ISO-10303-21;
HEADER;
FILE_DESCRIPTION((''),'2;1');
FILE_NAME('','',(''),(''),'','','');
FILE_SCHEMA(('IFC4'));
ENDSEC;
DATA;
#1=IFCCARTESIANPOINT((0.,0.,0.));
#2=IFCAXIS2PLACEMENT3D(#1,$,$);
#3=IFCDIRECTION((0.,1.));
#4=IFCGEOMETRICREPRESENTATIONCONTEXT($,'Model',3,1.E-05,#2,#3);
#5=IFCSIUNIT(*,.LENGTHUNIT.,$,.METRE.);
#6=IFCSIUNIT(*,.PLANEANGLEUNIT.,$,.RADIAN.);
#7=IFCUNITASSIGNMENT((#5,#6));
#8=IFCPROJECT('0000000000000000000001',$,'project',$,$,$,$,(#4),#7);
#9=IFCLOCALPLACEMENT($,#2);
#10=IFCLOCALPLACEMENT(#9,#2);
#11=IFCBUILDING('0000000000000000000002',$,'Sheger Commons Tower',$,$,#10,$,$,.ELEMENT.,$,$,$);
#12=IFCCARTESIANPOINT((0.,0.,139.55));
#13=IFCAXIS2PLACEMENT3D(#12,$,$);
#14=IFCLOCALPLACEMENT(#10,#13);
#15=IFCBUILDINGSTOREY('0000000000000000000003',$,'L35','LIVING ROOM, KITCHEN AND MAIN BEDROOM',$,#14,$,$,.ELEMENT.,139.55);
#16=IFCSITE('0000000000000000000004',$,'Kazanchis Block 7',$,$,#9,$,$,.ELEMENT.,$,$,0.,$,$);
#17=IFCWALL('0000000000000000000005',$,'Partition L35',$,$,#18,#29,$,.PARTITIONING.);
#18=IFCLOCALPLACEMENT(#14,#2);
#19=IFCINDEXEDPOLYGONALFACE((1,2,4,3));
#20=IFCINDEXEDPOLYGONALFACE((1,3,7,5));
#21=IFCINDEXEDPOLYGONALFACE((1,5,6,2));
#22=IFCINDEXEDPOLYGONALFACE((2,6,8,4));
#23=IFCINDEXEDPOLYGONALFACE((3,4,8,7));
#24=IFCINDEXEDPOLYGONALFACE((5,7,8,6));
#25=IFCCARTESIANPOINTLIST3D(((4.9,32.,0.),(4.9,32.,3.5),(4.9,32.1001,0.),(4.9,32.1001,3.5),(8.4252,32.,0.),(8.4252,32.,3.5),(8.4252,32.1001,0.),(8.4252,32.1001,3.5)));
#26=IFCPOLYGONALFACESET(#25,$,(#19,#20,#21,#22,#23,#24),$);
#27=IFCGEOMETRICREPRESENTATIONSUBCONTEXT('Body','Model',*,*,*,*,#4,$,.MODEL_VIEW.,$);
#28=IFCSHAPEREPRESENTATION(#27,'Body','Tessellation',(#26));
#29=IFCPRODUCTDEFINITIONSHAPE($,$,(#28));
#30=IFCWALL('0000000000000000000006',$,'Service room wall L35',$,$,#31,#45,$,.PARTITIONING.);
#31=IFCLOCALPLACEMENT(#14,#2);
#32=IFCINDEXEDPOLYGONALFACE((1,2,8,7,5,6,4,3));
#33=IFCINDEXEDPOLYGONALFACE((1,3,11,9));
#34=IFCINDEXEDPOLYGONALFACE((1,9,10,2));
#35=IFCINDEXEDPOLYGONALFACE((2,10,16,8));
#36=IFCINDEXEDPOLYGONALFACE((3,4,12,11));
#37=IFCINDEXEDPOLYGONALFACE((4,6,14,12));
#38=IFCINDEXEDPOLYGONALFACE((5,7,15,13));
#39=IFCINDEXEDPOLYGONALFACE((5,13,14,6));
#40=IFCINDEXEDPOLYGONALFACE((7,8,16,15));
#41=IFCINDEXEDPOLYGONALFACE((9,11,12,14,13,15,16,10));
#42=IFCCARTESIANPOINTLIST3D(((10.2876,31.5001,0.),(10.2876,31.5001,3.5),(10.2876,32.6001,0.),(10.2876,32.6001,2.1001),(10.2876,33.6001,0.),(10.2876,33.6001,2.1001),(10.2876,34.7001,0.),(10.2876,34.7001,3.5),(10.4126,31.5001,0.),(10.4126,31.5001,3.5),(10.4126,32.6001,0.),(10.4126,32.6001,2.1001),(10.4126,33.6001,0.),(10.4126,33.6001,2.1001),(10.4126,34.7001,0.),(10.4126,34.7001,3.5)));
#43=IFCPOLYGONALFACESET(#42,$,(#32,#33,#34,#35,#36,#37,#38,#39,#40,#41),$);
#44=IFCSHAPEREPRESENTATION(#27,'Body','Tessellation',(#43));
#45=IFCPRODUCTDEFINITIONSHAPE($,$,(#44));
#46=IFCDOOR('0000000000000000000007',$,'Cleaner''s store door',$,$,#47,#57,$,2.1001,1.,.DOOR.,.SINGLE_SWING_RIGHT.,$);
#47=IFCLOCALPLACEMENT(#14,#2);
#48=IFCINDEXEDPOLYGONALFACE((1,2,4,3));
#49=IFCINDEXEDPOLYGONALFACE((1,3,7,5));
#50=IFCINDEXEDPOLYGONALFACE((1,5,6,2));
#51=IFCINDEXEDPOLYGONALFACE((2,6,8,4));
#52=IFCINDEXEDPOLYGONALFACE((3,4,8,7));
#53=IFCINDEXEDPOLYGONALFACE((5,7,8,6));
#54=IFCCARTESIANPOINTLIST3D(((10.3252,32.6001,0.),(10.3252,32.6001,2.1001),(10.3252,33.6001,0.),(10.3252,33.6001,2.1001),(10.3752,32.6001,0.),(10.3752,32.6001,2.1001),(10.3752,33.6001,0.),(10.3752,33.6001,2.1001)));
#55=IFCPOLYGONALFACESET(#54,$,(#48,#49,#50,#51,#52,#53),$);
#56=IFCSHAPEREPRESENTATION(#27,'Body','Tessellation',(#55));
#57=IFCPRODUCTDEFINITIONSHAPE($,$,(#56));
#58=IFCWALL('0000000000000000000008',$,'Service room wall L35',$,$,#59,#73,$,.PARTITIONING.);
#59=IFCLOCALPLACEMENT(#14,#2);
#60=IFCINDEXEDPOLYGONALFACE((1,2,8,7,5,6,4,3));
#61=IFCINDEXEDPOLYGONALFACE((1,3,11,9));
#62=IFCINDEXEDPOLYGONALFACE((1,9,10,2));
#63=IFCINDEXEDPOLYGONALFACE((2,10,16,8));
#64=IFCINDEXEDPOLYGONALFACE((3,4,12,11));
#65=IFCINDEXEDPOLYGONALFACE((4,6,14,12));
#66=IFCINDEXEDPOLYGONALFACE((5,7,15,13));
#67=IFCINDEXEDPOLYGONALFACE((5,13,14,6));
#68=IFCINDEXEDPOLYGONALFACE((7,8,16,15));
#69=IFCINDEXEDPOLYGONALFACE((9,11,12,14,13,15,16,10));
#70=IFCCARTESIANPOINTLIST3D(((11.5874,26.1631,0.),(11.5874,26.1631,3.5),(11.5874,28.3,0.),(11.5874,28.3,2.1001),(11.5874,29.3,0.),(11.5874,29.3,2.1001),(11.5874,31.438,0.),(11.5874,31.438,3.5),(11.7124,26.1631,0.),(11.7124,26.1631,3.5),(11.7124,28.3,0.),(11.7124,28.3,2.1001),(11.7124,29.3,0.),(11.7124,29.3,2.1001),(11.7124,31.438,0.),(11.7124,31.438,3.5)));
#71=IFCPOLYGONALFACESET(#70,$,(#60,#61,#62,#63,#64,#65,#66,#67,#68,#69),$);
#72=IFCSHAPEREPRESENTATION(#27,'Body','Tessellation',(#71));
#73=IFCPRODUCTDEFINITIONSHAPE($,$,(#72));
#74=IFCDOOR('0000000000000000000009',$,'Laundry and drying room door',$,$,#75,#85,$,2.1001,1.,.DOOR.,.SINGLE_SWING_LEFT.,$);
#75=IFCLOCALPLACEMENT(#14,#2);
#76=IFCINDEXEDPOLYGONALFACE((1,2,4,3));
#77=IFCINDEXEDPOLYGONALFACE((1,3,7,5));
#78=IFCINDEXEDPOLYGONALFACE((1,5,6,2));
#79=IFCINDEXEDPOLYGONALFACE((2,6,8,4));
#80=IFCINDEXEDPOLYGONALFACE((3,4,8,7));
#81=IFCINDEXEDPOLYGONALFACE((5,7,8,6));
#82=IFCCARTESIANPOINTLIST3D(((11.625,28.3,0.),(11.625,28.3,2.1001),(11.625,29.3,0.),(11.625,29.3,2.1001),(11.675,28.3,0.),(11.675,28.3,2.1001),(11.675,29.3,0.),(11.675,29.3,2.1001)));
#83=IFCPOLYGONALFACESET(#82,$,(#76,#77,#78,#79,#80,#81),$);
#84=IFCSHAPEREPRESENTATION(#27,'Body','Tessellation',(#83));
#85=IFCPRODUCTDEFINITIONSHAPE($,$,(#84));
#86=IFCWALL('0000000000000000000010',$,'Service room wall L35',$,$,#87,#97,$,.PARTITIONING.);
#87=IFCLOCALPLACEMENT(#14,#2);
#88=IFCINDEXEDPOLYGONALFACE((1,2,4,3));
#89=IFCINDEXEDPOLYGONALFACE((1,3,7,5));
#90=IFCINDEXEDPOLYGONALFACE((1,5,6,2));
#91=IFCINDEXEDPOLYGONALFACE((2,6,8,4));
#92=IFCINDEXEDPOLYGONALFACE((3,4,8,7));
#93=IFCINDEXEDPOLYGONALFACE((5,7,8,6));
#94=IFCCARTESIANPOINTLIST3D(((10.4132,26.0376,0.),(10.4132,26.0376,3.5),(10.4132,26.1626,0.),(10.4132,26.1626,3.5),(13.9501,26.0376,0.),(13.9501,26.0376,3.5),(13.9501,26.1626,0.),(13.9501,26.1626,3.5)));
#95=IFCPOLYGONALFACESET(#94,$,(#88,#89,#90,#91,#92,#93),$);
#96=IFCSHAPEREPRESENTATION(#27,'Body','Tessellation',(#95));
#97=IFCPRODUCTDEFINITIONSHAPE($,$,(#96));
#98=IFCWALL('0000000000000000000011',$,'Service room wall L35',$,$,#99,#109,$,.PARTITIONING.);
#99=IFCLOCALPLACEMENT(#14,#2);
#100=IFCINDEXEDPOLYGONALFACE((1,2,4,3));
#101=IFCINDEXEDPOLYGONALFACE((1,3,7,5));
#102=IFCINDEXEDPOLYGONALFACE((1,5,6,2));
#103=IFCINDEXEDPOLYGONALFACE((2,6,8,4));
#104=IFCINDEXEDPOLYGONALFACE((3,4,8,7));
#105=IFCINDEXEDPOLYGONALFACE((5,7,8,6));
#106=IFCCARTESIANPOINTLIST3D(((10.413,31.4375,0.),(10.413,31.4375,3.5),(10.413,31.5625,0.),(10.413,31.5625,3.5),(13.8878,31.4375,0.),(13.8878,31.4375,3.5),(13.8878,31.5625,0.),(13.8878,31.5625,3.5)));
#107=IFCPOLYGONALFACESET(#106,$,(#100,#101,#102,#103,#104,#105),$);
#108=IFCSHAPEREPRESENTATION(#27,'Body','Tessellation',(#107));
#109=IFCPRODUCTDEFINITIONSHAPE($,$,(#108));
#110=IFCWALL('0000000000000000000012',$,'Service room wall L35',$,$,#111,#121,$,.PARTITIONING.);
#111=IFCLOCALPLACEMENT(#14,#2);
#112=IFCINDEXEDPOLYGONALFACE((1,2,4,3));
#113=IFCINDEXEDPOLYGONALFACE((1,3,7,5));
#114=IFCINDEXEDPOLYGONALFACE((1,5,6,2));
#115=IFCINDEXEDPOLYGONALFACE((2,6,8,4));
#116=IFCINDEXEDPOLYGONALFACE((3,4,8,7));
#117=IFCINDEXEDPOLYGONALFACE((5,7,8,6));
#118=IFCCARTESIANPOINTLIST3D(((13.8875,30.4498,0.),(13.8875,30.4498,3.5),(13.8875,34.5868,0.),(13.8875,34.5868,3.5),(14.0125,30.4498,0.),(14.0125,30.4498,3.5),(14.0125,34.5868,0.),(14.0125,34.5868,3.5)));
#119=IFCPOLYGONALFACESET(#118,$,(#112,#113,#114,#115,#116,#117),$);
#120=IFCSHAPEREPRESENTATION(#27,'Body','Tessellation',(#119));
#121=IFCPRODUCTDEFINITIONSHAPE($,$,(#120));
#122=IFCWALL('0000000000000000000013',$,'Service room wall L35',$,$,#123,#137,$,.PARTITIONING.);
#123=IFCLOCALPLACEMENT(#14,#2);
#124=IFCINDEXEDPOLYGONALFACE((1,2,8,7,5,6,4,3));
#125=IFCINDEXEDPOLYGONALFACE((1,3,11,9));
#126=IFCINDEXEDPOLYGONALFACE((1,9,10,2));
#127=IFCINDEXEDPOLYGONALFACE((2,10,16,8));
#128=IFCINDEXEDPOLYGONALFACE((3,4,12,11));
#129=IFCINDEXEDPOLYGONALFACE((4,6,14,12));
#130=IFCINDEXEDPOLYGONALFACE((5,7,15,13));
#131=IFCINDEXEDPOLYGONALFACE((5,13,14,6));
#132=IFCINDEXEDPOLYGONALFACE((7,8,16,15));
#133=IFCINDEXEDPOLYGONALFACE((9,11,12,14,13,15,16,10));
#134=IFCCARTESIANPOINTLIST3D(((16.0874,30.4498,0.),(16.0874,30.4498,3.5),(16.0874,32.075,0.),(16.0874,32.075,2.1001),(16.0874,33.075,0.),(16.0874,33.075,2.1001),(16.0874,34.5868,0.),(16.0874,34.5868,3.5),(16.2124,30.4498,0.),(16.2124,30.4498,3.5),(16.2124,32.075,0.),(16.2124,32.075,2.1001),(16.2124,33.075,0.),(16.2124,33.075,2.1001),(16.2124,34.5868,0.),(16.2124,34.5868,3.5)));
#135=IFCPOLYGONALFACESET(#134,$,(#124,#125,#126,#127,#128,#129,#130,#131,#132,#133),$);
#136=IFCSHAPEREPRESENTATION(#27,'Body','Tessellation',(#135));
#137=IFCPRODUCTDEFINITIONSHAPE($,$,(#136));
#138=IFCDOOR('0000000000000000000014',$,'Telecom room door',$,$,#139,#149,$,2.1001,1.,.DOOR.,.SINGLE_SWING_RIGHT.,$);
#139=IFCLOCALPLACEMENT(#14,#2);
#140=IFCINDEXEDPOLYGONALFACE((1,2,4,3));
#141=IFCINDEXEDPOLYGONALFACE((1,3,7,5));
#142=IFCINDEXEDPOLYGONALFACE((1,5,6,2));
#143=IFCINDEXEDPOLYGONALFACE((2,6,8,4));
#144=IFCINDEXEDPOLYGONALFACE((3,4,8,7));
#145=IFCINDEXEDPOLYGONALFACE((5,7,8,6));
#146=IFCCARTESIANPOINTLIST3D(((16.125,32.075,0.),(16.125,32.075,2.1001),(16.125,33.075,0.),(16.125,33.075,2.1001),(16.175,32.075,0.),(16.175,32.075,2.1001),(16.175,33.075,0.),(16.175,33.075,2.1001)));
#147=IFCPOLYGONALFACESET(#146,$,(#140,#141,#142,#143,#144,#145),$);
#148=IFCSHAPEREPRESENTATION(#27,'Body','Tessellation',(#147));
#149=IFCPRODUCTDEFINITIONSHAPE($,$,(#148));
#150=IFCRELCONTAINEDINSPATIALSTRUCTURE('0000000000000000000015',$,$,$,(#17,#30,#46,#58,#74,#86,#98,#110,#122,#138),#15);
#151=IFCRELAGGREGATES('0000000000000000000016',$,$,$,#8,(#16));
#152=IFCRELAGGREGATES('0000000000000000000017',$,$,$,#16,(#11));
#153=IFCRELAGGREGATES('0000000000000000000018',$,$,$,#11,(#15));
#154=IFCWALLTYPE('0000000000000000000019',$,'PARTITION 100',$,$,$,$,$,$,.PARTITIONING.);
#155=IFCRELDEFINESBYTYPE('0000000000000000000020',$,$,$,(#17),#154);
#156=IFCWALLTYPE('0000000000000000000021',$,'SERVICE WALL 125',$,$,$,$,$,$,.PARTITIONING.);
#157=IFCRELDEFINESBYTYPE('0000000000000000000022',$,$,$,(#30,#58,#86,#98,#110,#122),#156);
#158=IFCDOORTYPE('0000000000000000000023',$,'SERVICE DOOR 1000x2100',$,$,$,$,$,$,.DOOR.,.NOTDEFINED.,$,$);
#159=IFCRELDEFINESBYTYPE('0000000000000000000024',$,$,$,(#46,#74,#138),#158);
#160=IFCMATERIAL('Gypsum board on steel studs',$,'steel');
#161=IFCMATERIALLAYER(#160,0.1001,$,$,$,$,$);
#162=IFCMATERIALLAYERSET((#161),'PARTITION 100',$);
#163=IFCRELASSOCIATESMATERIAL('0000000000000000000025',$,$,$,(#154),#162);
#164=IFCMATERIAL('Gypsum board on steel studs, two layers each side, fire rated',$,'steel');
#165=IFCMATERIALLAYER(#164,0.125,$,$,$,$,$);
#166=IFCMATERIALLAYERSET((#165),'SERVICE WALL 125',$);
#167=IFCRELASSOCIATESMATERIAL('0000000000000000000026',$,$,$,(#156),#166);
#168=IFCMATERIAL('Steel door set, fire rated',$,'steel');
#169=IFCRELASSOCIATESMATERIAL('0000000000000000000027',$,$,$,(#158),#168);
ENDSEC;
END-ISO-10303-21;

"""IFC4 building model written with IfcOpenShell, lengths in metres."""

from ifc_helpers import new_model, si_unit, direction, frame, frame_2d, origin, place, context, subcontext, project, spatial, rectangle, extrude, material, layer, layer_set, type_object, element, fill, save


model = new_model("IFC4")

# Units and contexts
model_context = context("Model", 3, precision=1e-05, world=origin(), true_north=direction((0.0, 1.0)))
body_context = subcontext(model_context, "Body", "Model", "MODEL_VIEW")
ifc_project = project(units=[si_unit("LENGTHUNIT", "METRE"), si_unit("PLANEANGLEUNIT", "RADIAN")], contexts=[model_context])

# Site, building, storey
site_placement = place(None, origin())
site = spatial("IfcSite", under=ifc_project, at=site_placement, Name="Kazanchis Block 7", CompositionType="ELEMENT", RefElevation=0.0)
building_placement = place(site_placement, origin())
building = spatial("IfcBuilding", under=site, at=building_placement, Name="Sheger Commons Tower", CompositionType="ELEMENT")
storey_placement = place(building_placement, frame((0.0, 0.0, 139.55)))
storey = spatial("IfcBuildingStorey", under=building, at=storey_placement, Name="L35", Description="LIVING ROOM, KITCHEN AND MAIN BEDROOM", CompositionType="ELEMENT", Elevation=139.55)

# Shared definitions
ifc_material_1 = material(Name="Gypsum board on steel studs", Category="steel")
ifc_layer_1 = layer(ifc_material_1, 0.1001)
ifc_layer_set_1 = layer_set([ifc_layer_1], Name="PARTITION 100")
wall_type_1 = type_object("IfcWallType", Name="PARTITION 100", PredefinedType="PARTITIONING", material=ifc_layer_set_1)

# Wall
wall_1_placement = place(storey_placement, frame((4.8999, 32.05, 0.0), z_axis=(0.0, 0.0, 1.0), x_axis=(1.0, 0.0, 0.0)))
element("IfcWall", 1, at=wall_1_placement, inside=storey, type_object=wall_type_1, Name="Partition L35", PredefinedType="PARTITIONING", context=body_context, shape_type="SweptSolid", body=[
    extrude(rectangle(XDim=3.5251, YDim=0.1001, at=frame_2d((1.7627, 0.0))), origin(), (0.0, 0.0, 1.0), 3.5),
])

# Walls, openings, doors
ifc_material_2 = material(Name="Gypsum board on steel studs, two layers each side, fire rated", Category="steel")
ifc_layer_2 = layer(ifc_material_2, 0.125)
ifc_layer_set_2 = layer_set([ifc_layer_2], Name="SERVICE WALL 125")
wall_type_2 = type_object("IfcWallType", Name="SERVICE WALL 125", PredefinedType="PARTITIONING", material=ifc_layer_set_2)
wall_2_placement = place(storey_placement, frame((10.3501, 31.5, 0.0), z_axis=(0.0, 0.0, 1.0), x_axis=(0.0, 1.0, 0.0)))
wall_2 = element("IfcWall", 2, at=wall_2_placement, inside=storey, type_object=wall_type_2, Name="Service room wall L35", PredefinedType="PARTITIONING", context=body_context, shape_type="SweptSolid", body=[
    extrude(rectangle(XDim=3.2, YDim=0.125, at=frame_2d((1.6001, 0.0))), origin(), (0.0, 0.0, 1.0), 3.5),
])
opening_1_placement = place(wall_2_placement, frame((1.1001, 0.0, 0.0)))
opening_1 = element("IfcOpeningElement", 3, at=opening_1_placement, cuts=wall_2, PredefinedType="OPENING", context=body_context, shape_type="SweptSolid", body=[
    extrude(rectangle(XDim=1.0, YDim=2.1001, at=frame_2d((0.5, 1.05))), frame((0.0, 0.0725, 0.0), z_axis=(0.0, -1.0, 0.0), x_axis=(1.0, 0.0, 0.0)), (0.0, 0.0, 1.0), 0.145),
])
ifc_material_3 = material(Name="Steel door set, fire rated", Category="steel")
door_type_1 = type_object("IfcDoorType", Name="SERVICE DOOR 1000x2100", OperationType="NOTDEFINED", PredefinedType="DOOR", material=ifc_material_3)
door_1_placement = place(opening_1_placement, origin())
door_1 = element("IfcDoor", 4, at=door_1_placement, inside=storey, type_object=door_type_1, Name="Cleaner's store door", OperationType="SINGLE_SWING_RIGHT", OverallHeight=2.1001, OverallWidth=1.0, PredefinedType="DOOR", context=body_context, shape_type="SweptSolid", body=[
    extrude(rectangle(XDim=1.0, YDim=2.1001, at=frame_2d((0.5, 1.05))), frame((0.0, 0.0249, 0.0), z_axis=(0.0, -1.0, 0.0), x_axis=(1.0, 0.0, 0.0)), (0.0, 0.0, 1.0), 0.05),
])
fill(opening_1, door_1)
wall_3_placement = place(storey_placement, frame((11.6499, 26.1631, 0.0), z_axis=(0.0, 0.0, 1.0), x_axis=(0.0, 1.0, 0.0)))
wall_3 = element("IfcWall", 5, at=wall_3_placement, inside=storey, type_object=wall_type_2, Name="Service room wall L35", PredefinedType="PARTITIONING", context=body_context, shape_type="SweptSolid", body=[
    extrude(rectangle(XDim=5.2749, YDim=0.125, at=frame_2d((2.6375, 0.0))), origin(), (0.0, 0.0, 1.0), 3.5),
])
opening_2_placement = place(wall_3_placement, frame((2.137, 0.0, 0.0)))
opening_2 = element("IfcOpeningElement", 6, at=opening_2_placement, cuts=wall_3, PredefinedType="OPENING", context=body_context, shape_type="SweptSolid", body=[
    extrude(rectangle(XDim=1.0, YDim=2.1001, at=frame_2d((0.5, 1.05))), frame((0.0, 0.0725, 0.0), z_axis=(0.0, -1.0, 0.0), x_axis=(1.0, 0.0, 0.0)), (0.0, 0.0, 1.0), 0.145),
])
door_2_placement = place(opening_2_placement, origin())
door_2 = element("IfcDoor", 7, at=door_2_placement, inside=storey, type_object=door_type_1, Name="Laundry and drying room door", OperationType="SINGLE_SWING_LEFT", OverallHeight=2.1001, OverallWidth=1.0, PredefinedType="DOOR", context=body_context, shape_type="SweptSolid", body=[
    extrude(rectangle(XDim=1.0, YDim=2.1001, at=frame_2d((0.5, 1.05))), frame((0.0, 0.0249, 0.0), z_axis=(0.0, -1.0, 0.0), x_axis=(1.0, 0.0, 0.0)), (0.0, 0.0, 1.0), 0.05),
])
fill(opening_2, door_2)

# Walls
wall_4_placement = place(storey_placement, frame((10.4131, 26.1001, 0.0), z_axis=(0.0, 0.0, 1.0), x_axis=(1.0, 0.0, 0.0)))
element("IfcWall", 8, at=wall_4_placement, inside=storey, type_object=wall_type_2, Name="Service room wall L35", PredefinedType="PARTITIONING", context=body_context, shape_type="SweptSolid", body=[
    extrude(rectangle(XDim=3.5369, YDim=0.125, at=frame_2d((1.7686, 0.0))), origin(), (0.0, 0.0, 1.0), 3.5),
])
wall_5_placement = place(storey_placement, frame((10.4131, 31.5, 0.0), z_axis=(0.0, 0.0, 1.0), x_axis=(1.0, 0.0, 0.0)))
element("IfcWall", 9, at=wall_5_placement, inside=storey, type_object=wall_type_2, Name="Service room wall L35", PredefinedType="PARTITIONING", context=body_context, shape_type="SweptSolid", body=[
    extrude(rectangle(XDim=3.4749, YDim=0.125, at=frame_2d((1.7373, 0.0))), origin(), (0.0, 0.0, 1.0), 3.5),
])
wall_6_placement = place(storey_placement, frame((13.95, 30.45, 0.0), z_axis=(0.0, 0.0, 1.0), x_axis=(0.0, 1.0, 0.0)))
element("IfcWall", 10, at=wall_6_placement, inside=storey, type_object=wall_type_2, Name="Service room wall L35", PredefinedType="PARTITIONING", context=body_context, shape_type="SweptSolid", body=[
    extrude(rectangle(XDim=4.137, YDim=0.125, at=frame_2d((2.0684, 0.0))), origin(), (0.0, 0.0, 1.0), 3.5),
])

# Wall, opening, door
wall_7_placement = place(storey_placement, frame((16.1499, 30.45, 0.0), z_axis=(0.0, 0.0, 1.0), x_axis=(0.0, 1.0, 0.0)))
wall_7 = element("IfcWall", 11, at=wall_7_placement, inside=storey, type_object=wall_type_2, Name="Service room wall L35", PredefinedType="PARTITIONING", context=body_context, shape_type="SweptSolid", body=[
    extrude(rectangle(XDim=4.137, YDim=0.125, at=frame_2d((2.0684, 0.0))), origin(), (0.0, 0.0, 1.0), 3.5),
])
opening_3_placement = place(wall_7_placement, frame((1.625, 0.0, 0.0)))
opening_3 = element("IfcOpeningElement", 12, at=opening_3_placement, cuts=wall_7, PredefinedType="OPENING", context=body_context, shape_type="SweptSolid", body=[
    extrude(rectangle(XDim=1.0, YDim=2.1001, at=frame_2d((0.5, 1.05))), frame((0.0, 0.0725, 0.0), z_axis=(0.0, -1.0, 0.0), x_axis=(1.0, 0.0, 0.0)), (0.0, 0.0, 1.0), 0.145),
])
door_3_placement = place(opening_3_placement, origin())
door_3 = element("IfcDoor", 13, at=door_3_placement, inside=storey, type_object=door_type_1, Name="Telecom room door", OperationType="SINGLE_SWING_RIGHT", OverallHeight=2.1001, OverallWidth=1.0, PredefinedType="DOOR", context=body_context, shape_type="SweptSolid", body=[
    extrude(rectangle(XDim=1.0, YDim=2.1001, at=frame_2d((0.5, 1.05))), frame((0.0, 0.0249, 0.0), z_axis=(0.0, -1.0, 0.0), x_axis=(1.0, 0.0, 0.0)), (0.0, 0.0, 1.0), 0.05),
])
fill(opening_3, door_3)

save(model, "model.ifc")
